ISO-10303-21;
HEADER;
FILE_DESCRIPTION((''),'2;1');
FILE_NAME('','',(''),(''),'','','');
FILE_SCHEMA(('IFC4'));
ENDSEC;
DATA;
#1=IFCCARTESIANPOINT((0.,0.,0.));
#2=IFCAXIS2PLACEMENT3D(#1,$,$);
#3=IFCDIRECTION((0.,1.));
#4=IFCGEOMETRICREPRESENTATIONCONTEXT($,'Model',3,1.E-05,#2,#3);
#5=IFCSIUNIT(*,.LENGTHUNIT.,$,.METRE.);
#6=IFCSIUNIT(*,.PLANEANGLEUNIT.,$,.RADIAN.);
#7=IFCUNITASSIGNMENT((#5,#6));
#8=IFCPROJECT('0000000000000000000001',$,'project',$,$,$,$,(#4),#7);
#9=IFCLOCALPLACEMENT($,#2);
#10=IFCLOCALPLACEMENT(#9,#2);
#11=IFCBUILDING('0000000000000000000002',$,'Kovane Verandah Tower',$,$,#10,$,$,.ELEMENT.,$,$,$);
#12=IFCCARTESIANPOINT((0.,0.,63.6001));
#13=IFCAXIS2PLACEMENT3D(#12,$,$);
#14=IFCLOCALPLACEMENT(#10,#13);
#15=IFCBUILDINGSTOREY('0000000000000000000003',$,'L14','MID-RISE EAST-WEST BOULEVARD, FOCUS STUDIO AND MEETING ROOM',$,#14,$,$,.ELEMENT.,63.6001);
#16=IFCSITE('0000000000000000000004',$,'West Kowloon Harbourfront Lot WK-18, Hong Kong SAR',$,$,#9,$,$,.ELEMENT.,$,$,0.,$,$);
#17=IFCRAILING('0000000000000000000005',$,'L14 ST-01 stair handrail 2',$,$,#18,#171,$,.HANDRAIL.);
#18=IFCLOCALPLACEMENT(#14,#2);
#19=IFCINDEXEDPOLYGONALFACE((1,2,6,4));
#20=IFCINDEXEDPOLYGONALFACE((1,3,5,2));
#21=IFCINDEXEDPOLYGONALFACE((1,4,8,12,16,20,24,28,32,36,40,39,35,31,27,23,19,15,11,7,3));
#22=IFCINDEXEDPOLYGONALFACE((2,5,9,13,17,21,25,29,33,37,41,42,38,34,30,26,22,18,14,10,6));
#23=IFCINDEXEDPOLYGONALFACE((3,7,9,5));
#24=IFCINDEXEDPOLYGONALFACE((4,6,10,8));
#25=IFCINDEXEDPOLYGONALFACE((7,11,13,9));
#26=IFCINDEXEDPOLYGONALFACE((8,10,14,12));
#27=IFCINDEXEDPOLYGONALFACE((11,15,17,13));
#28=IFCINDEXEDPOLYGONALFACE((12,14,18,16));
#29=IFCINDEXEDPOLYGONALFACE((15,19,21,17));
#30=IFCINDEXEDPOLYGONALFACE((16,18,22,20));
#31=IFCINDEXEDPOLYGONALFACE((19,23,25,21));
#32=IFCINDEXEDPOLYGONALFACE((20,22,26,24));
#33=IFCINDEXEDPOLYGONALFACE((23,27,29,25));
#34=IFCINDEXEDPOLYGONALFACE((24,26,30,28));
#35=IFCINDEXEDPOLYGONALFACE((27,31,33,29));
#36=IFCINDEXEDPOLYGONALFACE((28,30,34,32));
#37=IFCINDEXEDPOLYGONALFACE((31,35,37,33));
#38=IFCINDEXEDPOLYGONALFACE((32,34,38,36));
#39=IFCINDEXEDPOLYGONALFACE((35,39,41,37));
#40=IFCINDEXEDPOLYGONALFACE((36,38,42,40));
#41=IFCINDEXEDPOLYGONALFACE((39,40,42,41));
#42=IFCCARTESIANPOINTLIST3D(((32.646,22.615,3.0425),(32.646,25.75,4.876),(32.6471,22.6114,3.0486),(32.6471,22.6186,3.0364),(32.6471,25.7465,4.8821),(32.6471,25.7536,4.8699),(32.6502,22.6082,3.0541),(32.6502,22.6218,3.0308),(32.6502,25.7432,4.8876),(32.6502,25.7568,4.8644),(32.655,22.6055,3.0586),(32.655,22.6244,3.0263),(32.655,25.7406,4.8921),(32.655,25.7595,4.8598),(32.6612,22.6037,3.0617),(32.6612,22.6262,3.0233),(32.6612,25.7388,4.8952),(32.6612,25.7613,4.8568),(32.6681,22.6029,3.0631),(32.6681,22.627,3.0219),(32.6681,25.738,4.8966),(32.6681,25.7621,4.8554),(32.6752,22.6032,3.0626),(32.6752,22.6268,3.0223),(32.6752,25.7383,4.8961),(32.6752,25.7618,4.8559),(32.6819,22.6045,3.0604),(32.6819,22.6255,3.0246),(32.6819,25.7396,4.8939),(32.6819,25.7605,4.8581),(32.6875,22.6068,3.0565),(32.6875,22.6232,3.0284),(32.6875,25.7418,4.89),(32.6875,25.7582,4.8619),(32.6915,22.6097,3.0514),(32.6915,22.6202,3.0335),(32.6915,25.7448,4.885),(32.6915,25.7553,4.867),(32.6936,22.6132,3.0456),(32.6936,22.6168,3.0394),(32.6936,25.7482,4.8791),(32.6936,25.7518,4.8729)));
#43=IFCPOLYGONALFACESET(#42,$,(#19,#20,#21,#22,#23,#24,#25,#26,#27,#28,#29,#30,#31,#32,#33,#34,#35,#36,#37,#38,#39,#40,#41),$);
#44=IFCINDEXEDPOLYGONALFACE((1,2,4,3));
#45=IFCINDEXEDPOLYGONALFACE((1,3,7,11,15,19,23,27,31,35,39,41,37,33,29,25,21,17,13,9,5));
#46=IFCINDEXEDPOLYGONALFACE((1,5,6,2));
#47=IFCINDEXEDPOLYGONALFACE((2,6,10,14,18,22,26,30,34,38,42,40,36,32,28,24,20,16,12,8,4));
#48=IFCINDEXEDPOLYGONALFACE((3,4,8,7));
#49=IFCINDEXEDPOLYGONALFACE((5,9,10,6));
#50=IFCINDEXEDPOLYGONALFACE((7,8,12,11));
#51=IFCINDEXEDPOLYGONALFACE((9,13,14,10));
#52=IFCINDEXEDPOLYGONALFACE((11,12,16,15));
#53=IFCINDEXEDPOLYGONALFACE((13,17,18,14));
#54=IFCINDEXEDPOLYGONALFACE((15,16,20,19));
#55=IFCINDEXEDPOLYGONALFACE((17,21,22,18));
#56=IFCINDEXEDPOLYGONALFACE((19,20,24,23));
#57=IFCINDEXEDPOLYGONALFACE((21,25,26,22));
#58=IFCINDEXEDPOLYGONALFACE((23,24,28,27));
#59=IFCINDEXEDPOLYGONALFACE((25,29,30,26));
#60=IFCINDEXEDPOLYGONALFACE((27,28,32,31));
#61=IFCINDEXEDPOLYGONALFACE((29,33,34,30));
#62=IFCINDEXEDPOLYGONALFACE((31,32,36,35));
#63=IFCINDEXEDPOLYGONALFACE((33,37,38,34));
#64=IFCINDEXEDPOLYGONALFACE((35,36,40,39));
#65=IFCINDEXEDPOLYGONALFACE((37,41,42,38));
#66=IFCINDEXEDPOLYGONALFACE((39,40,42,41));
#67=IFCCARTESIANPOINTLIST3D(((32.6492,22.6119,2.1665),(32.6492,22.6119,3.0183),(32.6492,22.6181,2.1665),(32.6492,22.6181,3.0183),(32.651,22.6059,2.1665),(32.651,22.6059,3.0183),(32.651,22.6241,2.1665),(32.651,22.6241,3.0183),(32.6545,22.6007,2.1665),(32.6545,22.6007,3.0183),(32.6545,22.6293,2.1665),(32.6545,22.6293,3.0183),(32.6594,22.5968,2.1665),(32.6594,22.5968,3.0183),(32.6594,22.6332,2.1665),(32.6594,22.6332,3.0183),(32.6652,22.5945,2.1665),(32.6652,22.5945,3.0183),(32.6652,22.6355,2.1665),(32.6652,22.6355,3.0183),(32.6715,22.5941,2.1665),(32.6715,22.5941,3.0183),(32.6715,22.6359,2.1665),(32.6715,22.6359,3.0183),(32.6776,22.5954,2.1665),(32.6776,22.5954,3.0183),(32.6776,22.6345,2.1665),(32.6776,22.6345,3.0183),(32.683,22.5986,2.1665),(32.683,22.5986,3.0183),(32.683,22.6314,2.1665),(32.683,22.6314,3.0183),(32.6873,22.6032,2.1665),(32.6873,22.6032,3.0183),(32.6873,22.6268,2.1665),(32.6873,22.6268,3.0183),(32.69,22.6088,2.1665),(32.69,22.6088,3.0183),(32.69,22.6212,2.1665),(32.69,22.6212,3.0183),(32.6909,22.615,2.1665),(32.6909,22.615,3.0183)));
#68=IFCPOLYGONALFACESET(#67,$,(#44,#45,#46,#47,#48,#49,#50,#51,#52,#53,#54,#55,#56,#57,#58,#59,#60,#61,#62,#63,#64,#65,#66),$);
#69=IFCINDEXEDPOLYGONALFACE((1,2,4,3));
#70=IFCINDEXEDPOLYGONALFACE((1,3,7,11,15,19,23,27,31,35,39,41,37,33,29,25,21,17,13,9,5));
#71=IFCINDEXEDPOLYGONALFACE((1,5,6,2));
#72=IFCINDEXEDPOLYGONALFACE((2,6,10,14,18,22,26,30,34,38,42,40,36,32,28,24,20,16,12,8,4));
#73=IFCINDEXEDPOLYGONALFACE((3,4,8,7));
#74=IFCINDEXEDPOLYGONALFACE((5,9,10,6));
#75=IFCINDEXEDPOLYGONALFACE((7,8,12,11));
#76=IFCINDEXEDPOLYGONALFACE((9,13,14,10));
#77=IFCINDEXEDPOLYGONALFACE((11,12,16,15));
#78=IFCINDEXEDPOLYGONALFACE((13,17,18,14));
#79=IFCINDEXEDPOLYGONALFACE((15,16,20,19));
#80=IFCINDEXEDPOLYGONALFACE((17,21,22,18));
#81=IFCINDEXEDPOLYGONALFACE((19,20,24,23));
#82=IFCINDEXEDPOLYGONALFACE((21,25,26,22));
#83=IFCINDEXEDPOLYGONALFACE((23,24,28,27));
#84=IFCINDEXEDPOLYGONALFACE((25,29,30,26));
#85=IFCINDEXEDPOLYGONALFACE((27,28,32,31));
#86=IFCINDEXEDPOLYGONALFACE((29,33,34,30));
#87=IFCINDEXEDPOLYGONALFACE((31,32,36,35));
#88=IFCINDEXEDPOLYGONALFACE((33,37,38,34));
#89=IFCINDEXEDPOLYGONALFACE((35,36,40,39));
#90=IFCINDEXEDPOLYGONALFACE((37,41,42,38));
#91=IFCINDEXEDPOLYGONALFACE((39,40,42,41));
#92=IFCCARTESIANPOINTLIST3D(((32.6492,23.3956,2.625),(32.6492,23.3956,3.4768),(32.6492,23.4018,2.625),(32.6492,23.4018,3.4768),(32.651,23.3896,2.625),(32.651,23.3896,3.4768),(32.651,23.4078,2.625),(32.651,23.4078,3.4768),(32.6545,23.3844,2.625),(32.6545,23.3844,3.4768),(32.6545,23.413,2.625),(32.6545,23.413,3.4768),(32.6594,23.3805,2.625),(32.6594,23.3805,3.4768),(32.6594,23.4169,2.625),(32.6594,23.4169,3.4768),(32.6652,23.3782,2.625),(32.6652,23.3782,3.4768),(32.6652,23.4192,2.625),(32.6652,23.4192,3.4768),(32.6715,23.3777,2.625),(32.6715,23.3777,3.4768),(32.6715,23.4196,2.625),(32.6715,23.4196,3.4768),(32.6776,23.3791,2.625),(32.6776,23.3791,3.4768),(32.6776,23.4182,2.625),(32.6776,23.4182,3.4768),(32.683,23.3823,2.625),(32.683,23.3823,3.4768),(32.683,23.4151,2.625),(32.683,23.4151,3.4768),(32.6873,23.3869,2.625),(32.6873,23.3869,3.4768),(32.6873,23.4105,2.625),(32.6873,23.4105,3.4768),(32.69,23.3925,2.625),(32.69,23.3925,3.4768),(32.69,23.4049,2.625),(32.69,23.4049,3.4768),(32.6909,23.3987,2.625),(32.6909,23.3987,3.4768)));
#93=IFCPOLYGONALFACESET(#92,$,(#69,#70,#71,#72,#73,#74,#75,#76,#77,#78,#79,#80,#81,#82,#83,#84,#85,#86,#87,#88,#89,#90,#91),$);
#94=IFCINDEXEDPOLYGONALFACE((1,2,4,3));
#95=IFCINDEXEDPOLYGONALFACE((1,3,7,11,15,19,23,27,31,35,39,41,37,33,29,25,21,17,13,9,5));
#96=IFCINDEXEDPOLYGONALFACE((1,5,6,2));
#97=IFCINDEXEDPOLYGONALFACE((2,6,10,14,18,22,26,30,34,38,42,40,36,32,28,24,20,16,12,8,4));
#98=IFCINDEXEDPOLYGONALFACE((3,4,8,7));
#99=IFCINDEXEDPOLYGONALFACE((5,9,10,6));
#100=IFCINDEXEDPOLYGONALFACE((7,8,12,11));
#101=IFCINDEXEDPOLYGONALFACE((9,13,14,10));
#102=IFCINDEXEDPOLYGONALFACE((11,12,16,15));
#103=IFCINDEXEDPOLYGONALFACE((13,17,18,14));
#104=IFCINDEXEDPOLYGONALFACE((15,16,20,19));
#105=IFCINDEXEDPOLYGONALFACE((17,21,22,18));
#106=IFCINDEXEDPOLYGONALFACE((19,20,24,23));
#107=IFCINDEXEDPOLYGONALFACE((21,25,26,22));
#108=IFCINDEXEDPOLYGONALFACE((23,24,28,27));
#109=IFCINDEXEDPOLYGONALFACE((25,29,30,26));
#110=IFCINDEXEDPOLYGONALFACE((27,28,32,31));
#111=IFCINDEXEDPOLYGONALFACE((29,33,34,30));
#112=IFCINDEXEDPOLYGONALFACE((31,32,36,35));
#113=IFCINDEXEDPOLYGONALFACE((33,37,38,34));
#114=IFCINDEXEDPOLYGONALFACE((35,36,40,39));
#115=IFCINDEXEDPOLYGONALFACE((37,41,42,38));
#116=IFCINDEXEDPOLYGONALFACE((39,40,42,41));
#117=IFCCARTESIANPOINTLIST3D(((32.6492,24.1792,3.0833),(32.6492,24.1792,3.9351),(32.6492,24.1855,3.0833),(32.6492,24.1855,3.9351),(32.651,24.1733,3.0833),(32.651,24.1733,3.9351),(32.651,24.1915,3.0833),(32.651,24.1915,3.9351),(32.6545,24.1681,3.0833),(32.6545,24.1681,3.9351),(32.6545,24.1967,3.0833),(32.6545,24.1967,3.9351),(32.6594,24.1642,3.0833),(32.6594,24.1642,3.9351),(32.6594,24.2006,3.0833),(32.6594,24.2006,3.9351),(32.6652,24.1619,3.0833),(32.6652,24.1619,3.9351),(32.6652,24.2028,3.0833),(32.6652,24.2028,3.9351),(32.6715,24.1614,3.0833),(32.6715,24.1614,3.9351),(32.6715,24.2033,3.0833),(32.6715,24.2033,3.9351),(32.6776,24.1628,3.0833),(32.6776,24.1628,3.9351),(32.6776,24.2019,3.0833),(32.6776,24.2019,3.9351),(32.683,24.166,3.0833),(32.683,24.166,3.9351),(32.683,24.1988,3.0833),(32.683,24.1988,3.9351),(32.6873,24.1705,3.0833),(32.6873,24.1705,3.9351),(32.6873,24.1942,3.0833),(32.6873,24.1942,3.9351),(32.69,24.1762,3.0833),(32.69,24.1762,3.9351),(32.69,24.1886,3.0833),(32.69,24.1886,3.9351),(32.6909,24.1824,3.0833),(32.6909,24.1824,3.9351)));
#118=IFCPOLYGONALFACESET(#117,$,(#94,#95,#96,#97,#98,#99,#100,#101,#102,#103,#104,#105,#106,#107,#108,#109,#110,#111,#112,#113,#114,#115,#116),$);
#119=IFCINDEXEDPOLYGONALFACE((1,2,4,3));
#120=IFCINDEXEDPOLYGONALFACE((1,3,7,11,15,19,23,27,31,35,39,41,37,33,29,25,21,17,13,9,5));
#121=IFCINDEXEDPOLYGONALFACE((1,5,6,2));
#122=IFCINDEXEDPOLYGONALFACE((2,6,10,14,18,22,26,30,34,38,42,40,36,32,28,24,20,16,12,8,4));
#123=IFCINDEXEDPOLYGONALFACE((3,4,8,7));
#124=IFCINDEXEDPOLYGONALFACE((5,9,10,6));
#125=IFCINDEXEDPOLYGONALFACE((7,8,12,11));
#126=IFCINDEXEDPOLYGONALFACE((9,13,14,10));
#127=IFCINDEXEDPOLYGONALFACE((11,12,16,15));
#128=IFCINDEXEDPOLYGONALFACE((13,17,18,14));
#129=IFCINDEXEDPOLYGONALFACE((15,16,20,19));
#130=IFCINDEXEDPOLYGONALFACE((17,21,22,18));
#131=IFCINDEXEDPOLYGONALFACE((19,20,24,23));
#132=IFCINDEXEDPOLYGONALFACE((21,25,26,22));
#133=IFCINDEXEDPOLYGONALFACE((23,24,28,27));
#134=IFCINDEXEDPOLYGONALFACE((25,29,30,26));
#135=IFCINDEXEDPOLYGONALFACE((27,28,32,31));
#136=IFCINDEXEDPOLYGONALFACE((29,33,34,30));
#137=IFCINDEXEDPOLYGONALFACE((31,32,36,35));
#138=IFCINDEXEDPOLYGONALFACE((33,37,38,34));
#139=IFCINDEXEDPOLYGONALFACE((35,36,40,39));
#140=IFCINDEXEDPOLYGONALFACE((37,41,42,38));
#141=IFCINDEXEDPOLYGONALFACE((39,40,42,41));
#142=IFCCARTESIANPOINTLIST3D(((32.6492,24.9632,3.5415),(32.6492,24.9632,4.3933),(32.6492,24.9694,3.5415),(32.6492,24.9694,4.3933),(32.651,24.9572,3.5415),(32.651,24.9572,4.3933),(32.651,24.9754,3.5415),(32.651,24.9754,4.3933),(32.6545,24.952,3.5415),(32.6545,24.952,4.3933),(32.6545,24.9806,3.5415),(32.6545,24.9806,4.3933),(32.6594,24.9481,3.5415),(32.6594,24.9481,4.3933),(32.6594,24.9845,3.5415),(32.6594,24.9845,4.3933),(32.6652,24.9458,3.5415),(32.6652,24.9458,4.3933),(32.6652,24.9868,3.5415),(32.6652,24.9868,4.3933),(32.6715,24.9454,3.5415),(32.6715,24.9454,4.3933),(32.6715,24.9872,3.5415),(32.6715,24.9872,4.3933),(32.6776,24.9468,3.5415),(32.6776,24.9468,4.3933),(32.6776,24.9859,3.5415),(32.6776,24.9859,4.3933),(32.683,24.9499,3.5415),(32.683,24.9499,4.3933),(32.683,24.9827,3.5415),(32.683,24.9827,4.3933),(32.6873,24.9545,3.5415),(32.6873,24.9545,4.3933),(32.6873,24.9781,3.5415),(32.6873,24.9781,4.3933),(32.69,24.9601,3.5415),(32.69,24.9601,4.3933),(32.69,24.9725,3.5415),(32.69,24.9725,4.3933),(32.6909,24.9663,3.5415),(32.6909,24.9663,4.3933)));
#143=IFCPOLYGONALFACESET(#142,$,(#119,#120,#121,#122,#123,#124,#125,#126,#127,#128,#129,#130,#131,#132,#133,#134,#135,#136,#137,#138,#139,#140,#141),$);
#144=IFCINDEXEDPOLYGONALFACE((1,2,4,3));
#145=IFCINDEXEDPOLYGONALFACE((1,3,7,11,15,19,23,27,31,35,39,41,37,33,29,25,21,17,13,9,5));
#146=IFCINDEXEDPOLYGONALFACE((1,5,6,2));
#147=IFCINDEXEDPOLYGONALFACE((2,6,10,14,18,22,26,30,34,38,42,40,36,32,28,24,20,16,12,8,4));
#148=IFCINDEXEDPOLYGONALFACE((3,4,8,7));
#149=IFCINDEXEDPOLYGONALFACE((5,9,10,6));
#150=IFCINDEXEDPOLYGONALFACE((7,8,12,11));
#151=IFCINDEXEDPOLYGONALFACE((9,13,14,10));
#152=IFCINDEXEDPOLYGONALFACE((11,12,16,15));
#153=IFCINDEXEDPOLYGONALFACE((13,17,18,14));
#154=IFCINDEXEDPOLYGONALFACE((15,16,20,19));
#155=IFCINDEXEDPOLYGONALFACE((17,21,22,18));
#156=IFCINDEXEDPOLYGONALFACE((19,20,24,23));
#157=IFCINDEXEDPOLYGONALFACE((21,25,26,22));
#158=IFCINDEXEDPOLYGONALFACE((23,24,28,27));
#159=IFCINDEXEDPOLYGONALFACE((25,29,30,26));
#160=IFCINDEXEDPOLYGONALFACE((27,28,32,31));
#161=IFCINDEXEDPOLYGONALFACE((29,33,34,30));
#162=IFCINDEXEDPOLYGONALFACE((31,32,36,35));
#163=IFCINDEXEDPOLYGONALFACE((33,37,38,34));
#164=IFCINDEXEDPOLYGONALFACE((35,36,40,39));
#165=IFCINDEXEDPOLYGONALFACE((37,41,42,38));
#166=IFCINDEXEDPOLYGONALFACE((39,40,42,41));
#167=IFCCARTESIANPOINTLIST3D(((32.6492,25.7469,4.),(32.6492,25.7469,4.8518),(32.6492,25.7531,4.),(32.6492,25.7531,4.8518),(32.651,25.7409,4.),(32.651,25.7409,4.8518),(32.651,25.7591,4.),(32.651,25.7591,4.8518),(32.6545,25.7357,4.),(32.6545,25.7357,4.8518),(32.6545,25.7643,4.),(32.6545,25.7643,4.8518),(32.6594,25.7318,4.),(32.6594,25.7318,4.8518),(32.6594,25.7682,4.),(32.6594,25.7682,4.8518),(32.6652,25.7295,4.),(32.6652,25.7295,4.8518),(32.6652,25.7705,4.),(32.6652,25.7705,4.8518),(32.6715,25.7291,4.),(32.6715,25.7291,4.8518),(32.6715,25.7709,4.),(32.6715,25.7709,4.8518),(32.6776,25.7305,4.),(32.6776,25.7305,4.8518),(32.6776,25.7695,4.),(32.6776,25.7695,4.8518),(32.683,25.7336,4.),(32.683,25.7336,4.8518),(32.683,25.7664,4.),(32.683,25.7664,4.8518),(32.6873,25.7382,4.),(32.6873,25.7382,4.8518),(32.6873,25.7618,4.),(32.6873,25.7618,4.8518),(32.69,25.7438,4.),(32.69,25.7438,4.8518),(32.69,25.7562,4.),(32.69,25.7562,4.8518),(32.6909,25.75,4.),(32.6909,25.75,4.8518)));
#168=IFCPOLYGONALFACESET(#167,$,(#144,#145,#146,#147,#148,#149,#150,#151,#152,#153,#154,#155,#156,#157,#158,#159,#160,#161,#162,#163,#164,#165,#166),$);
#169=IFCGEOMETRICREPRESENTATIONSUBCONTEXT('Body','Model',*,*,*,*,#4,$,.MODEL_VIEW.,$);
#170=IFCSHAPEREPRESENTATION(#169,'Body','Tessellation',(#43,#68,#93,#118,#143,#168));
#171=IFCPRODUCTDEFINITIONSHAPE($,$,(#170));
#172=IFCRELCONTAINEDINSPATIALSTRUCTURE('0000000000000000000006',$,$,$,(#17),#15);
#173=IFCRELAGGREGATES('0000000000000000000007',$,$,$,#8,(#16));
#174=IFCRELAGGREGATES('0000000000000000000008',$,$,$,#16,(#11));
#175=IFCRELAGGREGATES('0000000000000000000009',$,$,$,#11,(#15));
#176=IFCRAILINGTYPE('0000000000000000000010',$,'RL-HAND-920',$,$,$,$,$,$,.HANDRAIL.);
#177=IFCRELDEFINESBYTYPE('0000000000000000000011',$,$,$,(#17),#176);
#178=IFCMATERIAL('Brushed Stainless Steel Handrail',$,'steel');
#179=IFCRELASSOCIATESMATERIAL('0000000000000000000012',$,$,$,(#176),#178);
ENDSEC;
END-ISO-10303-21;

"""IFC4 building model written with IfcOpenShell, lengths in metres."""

from ifc_helpers import new_model, si_unit, direction, frame, origin, origin_2d, place, context, subcontext, project, spatial, circle, extrude, material, type_object, element, save


model = new_model("IFC4")

# Units and contexts
model_context = context("Model", 3, precision=1e-05, world=origin(), true_north=direction((0.0, 1.0)))
body_context = subcontext(model_context, "Body", "Model", "MODEL_VIEW")
ifc_project = project(units=[si_unit("LENGTHUNIT", "METRE"), si_unit("PLANEANGLEUNIT", "RADIAN")], contexts=[model_context])

# Site, building, storey
site_placement = place(None, origin())
site = spatial("IfcSite", under=ifc_project, at=site_placement, Name="West Kowloon Harbourfront Lot WK-18, Hong Kong SAR", CompositionType="ELEMENT", RefElevation=0.0)
building_placement = place(site_placement, origin())
building = spatial("IfcBuilding", under=site, at=building_placement, Name="Kovane Verandah Tower", CompositionType="ELEMENT")
storey_placement = place(building_placement, frame((0.0, 0.0, 63.6001)))
storey = spatial("IfcBuildingStorey", under=building, at=storey_placement, Name="L14", Description="MID-RISE EAST-WEST BOULEVARD, FOCUS STUDIO AND MEETING ROOM", CompositionType="ELEMENT", Elevation=63.6001)

# Railing
ifc_material_1 = material(Name="Brushed Stainless Steel Handrail", Category="steel")
railing_type_1 = type_object("IfcRailingType", Name="RL-HAND-920", PredefinedType="HANDRAIL", material=ifc_material_1)
railing_1_placement = place(storey_placement, frame((32.6699, 22.615, 2.1665)))
element("IfcRailing", 1, at=railing_1_placement, inside=storey, type_object=railing_type_1, Name="L14 ST-01 stair handrail 2", PredefinedType="HANDRAIL", context=body_context, shape_type="SweptSolid", body=[
    extrude(circle(Radius=0.0239, at=origin_2d()), frame((0.0, 0.0, 0.876), z_axis=(0.0, 0.86321, 0.504845), x_axis=(-1.0, 0.0, 0.0)), (0.0, 0.0, 1.0), 3.6318),
    extrude(circle(Radius=0.021, at=origin_2d()), origin(), (0.0, 0.0, 1.0), 0.8518),
    extrude(circle(Radius=0.021, at=origin_2d()), frame((0.0, 0.7837, 0.4585)), (0.0, 0.0, 1.0), 0.8518),
    extrude(circle(Radius=0.021, at=origin_2d()), frame((0.0, 1.5674, 0.9167)), (0.0, 0.0, 1.0), 0.8518),
    extrude(circle(Radius=0.021, at=origin_2d()), frame((0.0, 2.3513, 1.375)), (0.0, 0.0, 1.0), 0.8518),
    extrude(circle(Radius=0.021, at=origin_2d()), frame((0.0, 3.135, 1.8335)), (0.0, 0.0, 1.0), 0.8518),
])

save(model, "model.ifc")
